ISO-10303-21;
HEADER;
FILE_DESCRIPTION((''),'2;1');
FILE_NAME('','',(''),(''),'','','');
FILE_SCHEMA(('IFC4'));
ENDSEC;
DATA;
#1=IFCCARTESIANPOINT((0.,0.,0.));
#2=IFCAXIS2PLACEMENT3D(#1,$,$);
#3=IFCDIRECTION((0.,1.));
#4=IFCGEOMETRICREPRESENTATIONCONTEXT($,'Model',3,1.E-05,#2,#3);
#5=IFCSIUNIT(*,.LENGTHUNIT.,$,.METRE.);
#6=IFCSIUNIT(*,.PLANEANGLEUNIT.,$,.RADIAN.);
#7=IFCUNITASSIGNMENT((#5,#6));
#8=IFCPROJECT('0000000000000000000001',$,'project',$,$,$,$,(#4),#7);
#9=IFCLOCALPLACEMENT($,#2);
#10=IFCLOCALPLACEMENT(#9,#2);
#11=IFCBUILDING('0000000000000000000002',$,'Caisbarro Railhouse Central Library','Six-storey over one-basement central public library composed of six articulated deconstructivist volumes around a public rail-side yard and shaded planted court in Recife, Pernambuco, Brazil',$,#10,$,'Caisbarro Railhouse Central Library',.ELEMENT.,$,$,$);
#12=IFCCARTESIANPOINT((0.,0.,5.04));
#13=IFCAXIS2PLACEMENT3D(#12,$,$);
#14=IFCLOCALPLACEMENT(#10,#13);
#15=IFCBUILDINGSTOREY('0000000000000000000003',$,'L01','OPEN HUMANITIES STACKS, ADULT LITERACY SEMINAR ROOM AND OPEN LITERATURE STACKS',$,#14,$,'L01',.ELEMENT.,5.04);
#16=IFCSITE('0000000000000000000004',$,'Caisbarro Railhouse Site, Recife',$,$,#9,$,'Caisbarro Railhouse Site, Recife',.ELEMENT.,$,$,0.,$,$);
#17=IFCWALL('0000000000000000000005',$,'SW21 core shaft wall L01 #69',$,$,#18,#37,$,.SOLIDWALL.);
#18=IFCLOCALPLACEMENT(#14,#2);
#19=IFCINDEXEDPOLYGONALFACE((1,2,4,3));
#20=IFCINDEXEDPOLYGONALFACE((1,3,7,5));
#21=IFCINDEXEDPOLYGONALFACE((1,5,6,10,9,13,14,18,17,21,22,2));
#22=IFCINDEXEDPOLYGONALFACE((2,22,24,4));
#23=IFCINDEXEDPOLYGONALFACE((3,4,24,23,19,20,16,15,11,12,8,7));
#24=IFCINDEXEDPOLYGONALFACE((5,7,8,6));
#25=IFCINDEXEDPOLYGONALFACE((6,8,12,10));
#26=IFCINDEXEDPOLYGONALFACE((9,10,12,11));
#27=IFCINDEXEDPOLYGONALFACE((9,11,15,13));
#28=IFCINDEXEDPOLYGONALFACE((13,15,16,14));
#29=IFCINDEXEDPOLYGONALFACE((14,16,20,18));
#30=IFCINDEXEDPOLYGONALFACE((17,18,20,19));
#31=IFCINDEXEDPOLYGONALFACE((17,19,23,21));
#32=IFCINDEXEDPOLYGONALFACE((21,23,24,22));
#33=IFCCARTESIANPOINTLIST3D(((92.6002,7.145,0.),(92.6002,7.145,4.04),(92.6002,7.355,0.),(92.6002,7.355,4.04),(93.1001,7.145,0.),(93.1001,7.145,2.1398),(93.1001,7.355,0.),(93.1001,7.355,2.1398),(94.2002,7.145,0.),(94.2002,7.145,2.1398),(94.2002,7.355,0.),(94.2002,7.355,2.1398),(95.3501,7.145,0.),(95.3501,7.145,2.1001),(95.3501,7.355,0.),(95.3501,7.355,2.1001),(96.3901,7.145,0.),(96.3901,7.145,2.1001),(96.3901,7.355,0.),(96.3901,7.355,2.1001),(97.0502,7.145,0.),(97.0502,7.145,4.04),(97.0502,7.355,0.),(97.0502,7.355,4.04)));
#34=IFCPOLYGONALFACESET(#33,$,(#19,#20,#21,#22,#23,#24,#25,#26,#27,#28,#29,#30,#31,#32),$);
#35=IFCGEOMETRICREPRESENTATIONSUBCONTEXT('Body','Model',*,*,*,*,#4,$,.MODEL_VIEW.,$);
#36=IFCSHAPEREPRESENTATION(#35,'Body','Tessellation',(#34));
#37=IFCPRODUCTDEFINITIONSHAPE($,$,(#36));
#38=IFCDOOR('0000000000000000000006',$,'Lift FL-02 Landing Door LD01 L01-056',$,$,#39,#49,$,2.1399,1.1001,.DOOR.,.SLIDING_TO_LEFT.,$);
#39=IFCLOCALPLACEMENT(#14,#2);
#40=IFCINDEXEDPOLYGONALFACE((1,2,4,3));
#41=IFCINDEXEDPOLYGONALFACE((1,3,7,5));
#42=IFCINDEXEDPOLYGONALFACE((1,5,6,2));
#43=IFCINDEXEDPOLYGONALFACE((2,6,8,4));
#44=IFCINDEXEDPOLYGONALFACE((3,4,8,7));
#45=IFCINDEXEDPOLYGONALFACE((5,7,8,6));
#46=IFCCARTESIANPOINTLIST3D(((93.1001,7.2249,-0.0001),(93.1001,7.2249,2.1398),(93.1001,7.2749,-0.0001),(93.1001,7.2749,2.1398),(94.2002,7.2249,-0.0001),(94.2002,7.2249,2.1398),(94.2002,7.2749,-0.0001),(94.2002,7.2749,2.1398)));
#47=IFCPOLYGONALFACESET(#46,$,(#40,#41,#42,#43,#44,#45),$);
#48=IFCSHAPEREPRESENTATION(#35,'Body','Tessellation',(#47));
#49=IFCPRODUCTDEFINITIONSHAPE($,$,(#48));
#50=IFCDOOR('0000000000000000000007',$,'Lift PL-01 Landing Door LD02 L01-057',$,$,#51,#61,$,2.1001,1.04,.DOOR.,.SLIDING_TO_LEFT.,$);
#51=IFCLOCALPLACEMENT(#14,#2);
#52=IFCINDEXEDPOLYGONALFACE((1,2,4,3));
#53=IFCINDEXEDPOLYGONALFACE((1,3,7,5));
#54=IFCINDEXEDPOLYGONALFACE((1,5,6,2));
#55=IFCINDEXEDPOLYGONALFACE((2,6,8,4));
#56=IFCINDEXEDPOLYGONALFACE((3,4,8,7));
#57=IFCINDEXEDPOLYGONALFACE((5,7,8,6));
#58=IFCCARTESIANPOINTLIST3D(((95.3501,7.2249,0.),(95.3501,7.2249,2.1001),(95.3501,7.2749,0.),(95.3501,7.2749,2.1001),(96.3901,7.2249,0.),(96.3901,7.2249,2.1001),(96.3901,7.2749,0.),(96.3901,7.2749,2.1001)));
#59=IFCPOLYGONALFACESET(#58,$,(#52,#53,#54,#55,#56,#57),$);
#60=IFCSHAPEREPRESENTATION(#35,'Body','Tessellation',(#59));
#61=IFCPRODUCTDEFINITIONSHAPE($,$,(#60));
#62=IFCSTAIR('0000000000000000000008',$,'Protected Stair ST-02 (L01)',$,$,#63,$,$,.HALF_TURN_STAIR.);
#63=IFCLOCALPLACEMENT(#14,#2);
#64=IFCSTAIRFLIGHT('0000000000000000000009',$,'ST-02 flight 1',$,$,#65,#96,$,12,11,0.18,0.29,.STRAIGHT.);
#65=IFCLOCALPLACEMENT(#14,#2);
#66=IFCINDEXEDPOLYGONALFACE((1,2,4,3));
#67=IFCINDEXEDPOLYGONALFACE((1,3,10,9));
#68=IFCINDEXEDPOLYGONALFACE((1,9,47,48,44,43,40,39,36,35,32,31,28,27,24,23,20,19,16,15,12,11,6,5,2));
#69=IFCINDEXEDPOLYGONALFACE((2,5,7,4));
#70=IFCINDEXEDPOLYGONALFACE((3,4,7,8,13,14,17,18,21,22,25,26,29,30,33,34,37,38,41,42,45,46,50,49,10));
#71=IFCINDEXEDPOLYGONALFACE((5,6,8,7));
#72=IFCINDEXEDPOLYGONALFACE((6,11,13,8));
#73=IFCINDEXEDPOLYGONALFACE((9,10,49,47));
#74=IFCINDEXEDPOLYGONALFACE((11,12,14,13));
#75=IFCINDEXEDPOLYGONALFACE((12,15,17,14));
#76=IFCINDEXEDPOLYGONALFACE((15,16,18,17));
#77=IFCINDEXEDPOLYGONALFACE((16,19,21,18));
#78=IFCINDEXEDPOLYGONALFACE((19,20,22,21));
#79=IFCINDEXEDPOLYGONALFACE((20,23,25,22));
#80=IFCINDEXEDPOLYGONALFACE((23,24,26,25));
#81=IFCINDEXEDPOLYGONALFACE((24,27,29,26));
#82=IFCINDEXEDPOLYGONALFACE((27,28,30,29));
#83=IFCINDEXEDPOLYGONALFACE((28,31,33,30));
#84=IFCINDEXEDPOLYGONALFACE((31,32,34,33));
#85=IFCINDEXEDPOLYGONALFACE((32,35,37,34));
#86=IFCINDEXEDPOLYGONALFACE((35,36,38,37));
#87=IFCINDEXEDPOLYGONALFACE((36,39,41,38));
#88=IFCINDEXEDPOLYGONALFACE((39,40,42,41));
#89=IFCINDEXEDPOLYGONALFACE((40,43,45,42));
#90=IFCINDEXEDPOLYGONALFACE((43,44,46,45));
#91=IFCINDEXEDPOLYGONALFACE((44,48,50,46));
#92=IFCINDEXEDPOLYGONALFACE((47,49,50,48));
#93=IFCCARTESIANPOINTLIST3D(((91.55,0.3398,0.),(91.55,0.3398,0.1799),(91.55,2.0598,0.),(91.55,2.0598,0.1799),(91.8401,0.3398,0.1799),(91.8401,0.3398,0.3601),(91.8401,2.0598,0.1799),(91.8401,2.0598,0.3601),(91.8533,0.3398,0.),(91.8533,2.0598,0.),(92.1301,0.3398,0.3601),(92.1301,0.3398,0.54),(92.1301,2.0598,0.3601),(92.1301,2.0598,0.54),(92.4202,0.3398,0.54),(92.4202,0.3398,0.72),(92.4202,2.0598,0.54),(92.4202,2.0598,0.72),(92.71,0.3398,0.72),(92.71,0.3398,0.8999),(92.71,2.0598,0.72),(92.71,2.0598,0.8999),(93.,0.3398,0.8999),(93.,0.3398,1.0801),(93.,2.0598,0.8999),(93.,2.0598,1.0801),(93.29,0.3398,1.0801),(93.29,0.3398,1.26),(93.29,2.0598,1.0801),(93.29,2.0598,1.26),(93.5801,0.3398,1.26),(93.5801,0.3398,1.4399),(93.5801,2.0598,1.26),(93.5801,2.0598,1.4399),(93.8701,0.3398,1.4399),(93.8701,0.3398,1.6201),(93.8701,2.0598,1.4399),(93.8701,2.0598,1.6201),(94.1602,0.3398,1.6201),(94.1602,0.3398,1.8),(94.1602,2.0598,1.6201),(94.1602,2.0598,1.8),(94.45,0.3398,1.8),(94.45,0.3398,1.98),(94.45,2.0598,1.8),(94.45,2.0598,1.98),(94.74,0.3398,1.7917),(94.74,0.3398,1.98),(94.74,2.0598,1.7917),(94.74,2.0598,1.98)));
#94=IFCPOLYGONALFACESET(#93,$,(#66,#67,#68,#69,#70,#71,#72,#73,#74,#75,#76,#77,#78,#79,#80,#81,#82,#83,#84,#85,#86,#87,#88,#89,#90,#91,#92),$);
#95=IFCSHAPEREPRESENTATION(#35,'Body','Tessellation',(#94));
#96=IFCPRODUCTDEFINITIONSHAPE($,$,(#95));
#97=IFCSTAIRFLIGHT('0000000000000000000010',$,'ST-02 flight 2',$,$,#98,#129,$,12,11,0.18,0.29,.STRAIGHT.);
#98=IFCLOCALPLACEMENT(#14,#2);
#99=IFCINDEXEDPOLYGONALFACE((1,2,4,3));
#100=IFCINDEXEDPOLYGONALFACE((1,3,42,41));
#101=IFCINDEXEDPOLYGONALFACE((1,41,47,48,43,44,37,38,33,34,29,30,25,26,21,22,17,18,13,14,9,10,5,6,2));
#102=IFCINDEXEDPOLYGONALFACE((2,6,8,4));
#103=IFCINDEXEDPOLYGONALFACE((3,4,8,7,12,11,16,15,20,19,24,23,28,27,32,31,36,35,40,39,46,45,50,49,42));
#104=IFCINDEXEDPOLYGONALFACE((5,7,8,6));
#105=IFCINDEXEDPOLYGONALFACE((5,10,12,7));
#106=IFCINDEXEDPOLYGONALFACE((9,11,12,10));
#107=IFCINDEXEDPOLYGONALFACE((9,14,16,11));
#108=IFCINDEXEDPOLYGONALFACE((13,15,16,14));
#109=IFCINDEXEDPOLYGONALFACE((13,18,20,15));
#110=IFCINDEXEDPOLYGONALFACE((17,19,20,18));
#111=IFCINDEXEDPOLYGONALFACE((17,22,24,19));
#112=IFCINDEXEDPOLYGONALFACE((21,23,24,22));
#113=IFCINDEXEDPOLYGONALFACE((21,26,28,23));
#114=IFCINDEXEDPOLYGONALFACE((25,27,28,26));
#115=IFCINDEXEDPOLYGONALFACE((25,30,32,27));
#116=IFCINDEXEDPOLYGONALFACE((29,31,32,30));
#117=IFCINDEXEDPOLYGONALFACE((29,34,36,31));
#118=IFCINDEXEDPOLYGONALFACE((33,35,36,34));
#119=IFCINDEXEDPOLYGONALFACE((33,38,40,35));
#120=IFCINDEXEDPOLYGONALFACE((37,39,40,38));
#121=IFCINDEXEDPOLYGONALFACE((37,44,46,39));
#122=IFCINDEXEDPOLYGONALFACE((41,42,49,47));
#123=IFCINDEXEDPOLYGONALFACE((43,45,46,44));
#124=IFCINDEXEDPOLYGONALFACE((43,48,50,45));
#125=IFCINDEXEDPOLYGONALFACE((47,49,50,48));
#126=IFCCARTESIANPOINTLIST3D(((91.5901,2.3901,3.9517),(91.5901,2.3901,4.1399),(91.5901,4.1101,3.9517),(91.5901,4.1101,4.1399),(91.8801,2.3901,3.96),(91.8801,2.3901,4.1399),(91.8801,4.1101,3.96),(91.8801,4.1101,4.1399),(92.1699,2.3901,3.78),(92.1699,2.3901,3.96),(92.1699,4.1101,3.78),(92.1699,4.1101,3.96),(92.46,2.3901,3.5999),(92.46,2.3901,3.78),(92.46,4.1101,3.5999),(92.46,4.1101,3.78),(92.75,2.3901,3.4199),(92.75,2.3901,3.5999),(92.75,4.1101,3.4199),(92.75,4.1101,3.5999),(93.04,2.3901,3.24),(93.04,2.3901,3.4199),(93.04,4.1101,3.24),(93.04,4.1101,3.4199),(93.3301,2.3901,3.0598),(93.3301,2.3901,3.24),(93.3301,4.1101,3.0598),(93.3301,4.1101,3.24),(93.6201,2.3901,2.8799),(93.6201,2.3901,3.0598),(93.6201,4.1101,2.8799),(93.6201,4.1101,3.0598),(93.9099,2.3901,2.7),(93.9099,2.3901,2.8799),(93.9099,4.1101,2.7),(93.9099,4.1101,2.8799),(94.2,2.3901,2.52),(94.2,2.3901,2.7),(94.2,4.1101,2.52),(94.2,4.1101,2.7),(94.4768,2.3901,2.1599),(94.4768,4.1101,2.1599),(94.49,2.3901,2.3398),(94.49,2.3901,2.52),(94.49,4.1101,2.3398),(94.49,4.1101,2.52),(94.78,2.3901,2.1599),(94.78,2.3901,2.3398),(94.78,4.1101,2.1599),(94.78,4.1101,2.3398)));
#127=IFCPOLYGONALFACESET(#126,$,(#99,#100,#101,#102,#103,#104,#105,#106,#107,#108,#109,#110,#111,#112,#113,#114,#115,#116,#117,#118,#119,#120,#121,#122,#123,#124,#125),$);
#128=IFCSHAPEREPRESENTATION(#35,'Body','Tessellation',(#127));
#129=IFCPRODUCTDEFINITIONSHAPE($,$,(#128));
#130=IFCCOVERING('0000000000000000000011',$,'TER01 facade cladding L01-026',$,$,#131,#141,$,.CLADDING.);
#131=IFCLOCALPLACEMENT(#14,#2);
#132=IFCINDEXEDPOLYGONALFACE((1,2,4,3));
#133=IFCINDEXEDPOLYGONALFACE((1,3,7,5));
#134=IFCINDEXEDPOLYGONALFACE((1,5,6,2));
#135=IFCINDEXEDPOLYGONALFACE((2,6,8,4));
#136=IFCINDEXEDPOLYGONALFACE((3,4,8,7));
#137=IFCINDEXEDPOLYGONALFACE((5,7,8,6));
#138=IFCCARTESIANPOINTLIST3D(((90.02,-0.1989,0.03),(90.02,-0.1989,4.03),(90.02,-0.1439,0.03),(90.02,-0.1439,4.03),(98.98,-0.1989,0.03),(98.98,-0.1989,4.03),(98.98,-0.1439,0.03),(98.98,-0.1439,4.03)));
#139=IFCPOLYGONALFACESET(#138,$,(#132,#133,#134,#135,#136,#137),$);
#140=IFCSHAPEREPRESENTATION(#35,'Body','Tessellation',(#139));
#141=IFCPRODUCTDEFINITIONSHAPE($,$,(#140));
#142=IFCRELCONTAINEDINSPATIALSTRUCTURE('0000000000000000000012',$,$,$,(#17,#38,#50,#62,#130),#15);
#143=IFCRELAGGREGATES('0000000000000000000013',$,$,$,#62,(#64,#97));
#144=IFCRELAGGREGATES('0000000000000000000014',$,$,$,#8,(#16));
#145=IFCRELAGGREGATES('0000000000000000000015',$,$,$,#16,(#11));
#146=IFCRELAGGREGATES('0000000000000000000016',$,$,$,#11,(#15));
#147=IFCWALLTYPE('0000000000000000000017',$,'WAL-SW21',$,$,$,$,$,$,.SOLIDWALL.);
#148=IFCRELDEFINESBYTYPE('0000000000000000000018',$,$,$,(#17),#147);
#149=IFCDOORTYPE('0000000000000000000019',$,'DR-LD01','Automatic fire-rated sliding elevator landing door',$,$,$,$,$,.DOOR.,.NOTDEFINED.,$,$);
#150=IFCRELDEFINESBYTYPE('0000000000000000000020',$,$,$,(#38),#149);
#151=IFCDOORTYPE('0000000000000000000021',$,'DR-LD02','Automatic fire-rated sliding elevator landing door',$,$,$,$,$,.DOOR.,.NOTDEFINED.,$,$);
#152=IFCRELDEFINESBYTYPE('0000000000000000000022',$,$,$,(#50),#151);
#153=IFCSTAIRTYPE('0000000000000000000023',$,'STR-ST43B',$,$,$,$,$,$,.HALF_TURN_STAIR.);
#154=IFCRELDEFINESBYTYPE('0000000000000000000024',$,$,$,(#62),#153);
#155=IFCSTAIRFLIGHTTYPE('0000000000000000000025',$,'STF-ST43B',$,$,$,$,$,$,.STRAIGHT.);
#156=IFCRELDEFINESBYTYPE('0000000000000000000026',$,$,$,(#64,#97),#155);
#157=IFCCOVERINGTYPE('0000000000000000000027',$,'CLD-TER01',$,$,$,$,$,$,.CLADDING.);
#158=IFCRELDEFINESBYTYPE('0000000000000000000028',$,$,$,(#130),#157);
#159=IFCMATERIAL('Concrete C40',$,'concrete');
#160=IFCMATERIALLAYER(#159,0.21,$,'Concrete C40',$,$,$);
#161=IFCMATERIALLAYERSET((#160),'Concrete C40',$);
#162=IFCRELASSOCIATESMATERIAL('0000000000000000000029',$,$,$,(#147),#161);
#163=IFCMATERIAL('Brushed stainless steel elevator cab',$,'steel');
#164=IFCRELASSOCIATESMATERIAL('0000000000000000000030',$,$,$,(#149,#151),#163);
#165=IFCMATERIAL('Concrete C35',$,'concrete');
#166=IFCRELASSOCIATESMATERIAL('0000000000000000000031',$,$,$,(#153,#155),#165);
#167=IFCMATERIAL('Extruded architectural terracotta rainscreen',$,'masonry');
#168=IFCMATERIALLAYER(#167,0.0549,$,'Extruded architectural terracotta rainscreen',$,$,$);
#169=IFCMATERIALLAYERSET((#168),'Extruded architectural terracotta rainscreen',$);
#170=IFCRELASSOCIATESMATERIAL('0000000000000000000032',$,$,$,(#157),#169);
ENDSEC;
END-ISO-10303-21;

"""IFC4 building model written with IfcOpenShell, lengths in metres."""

from ifc_helpers import new_model, si_unit, direction, frame, frame_2d, origin, origin_2d, place, context, subcontext, project, spatial, polyline, rectangle, outline, extrude, material, layer, layer_set, type_object, element, fill, aggregate, save


model = new_model("IFC4")

# Units and contexts
model_context = context("Model", 3, precision=1e-05, world=origin(), true_north=direction((0.0, 1.0)))
body_context = subcontext(model_context, "Body", "Model", "MODEL_VIEW")
ifc_project = project(units=[si_unit("LENGTHUNIT", "METRE"), si_unit("PLANEANGLEUNIT", "RADIAN")], contexts=[model_context])

# Site, building, storey
site_placement = place(None, origin())
site = spatial("IfcSite", under=ifc_project, at=site_placement, Name="Caisbarro Railhouse Site, Recife", LongName="Caisbarro Railhouse Site, Recife", CompositionType="ELEMENT", RefElevation=0.0)
building_placement = place(site_placement, origin())
building = spatial("IfcBuilding", under=site, at=building_placement, Name="Caisbarro Railhouse Central Library", Description="Six-storey over one-basement central public library composed of six articulated deconstructivist volumes around a public rail-side yard and shaded planted court in Recife, Pernambuco, Brazil", LongName="Caisbarro Railhouse Central Library", CompositionType="ELEMENT")
storey_placement = place(building_placement, frame((0.0, 0.0, 5.04)))
storey = spatial("IfcBuildingStorey", under=building, at=storey_placement, Name="L01", Description="OPEN HUMANITIES STACKS, ADULT LITERACY SEMINAR ROOM AND OPEN LITERATURE STACKS", LongName="L01", CompositionType="ELEMENT", Elevation=5.04)

# Shared definitions
ifc_material_1 = material(Name="Concrete C40", Category="concrete")

# Shared definitions
ifc_layer_1 = layer(ifc_material_1, 0.21, Name="Concrete C40")
ifc_layer_set_1 = layer_set([ifc_layer_1], Name="Concrete C40")
wall_type_1 = type_object("IfcWallType", Name="WAL-SW21", PredefinedType="SOLIDWALL", material=ifc_layer_set_1)

# Wall, openings, doors
wall_1_placement = place(storey_placement, frame((92.6001, 7.25, 0.0), z_axis=(0.0, 0.0, 1.0), x_axis=(1.0, 0.0, 0.0)))
wall_1 = element("IfcWall", 1, at=wall_1_placement, inside=storey, type_object=wall_type_1, Name="SW21 core shaft wall L01 #69", PredefinedType="SOLIDWALL", context=body_context, shape_type="SweptSolid", body=[
    extrude(rectangle(XDim=4.45, YDim=0.21, at=frame_2d((2.2251, 0.0))), origin(), (0.0, 0.0, 1.0), 4.04),
])
opening_1_placement = place(wall_1_placement, frame((0.5, 0.0, 0.0)))
opening_1 = element("IfcOpeningElement", 2, at=opening_1_placement, cuts=wall_1, PredefinedType="OPENING", context=body_context, shape_type="SweptSolid", body=[
    extrude(rectangle(XDim=1.1001, YDim=2.1399, at=frame_2d((0.55, 1.0698))), frame((0.0, 0.115, 0.0), z_axis=(0.0, -1.0, 0.0), x_axis=(1.0, 0.0, 0.0)), (0.0, 0.0, 1.0), 0.23),
])
opening_2_placement = place(wall_1_placement, frame((2.75, 0.0, 0.0)))
opening_2 = element("IfcOpeningElement", 3, at=opening_2_placement, cuts=wall_1, PredefinedType="OPENING", context=body_context, shape_type="SweptSolid", body=[
    extrude(rectangle(XDim=1.04, YDim=2.1001, at=frame_2d((0.52, 1.05))), frame((0.0, 0.115, 0.0), z_axis=(0.0, -1.0, 0.0), x_axis=(1.0, 0.0, 0.0)), (0.0, 0.0, 1.0), 0.23),
])
ifc_material_2 = material(Name="Brushed stainless steel elevator cab", Category="steel")
door_type_1 = type_object("IfcDoorType", Name="DR-LD01", Description="Automatic fire-rated sliding elevator landing door", OperationType="NOTDEFINED", PredefinedType="DOOR", material=ifc_material_2)
door_1_placement = place(opening_1_placement, origin())
door_1 = element("IfcDoor", 4, at=door_1_placement, inside=storey, type_object=door_type_1, Name="Lift FL-02 Landing Door LD01 L01-056", OperationType="SLIDING_TO_LEFT", OverallHeight=2.1399, OverallWidth=1.1001, PredefinedType="DOOR", context=body_context, shape_type="SweptSolid", body=[
    extrude(rectangle(XDim=1.1001, YDim=2.1399, at=frame_2d((0.55, 1.0698))), frame((0.0, 0.0249, 0.0), z_axis=(0.0, -1.0, 0.0), x_axis=(1.0, 0.0, 0.0)), (0.0, 0.0, 1.0), 0.05),
])
fill(opening_1, door_1)
door_type_2 = type_object("IfcDoorType", Name="DR-LD02", Description="Automatic fire-rated sliding elevator landing door", OperationType="NOTDEFINED", PredefinedType="DOOR", material=ifc_material_2)
door_2_placement = place(opening_2_placement, origin())
door_2 = element("IfcDoor", 5, at=door_2_placement, inside=storey, type_object=door_type_2, Name="Lift PL-01 Landing Door LD02 L01-057", OperationType="SLIDING_TO_LEFT", OverallHeight=2.1001, OverallWidth=1.04, PredefinedType="DOOR", context=body_context, shape_type="SweptSolid", body=[
    extrude(rectangle(XDim=1.04, YDim=2.1001, at=frame_2d((0.52, 1.05))), frame((0.0, 0.0249, 0.0), z_axis=(0.0, -1.0, 0.0), x_axis=(1.0, 0.0, 0.0)), (0.0, 0.0, 1.0), 0.05),
])
fill(opening_2, door_2)

# Stair, stair flights
ifc_material_3 = material(Name="Concrete C35", Category="concrete")
stair_type = type_object("IfcStairType", Name="STR-ST43B", PredefinedType="HALF_TURN_STAIR", material=ifc_material_3)
stair_placement = place(storey_placement, origin())
stair = element("IfcStair", 6, at=stair_placement, inside=storey, type_object=stair_type, Name="Protected Stair ST-02 (L01)", PredefinedType="HALF_TURN_STAIR")
stair_flight_type = type_object("IfcStairFlightType", Name="STF-ST43B", PredefinedType="STRAIGHT", material=ifc_material_3)
stair_flight_1_placement = place(storey_placement, frame((91.55, 1.2, 0.0), z_axis=(0.0, 0.0, 1.0), x_axis=(1.0, 0.0, 0.0)))
stair_flight_1 = element("IfcStairFlight", 7, at=stair_flight_1_placement, type_object=stair_flight_type, Name="ST-02 flight 1", NumberOfRisers=12, NumberOfTreads=11, PredefinedType="STRAIGHT", RiserHeight=0.18, TreadLength=0.29, context=body_context, shape_type="SweptSolid", body=[
    extrude(outline(polyline([(0.0, 0.0), (0.0, 0.1799), (0.29, 0.1799), (0.29, 0.3601), (0.5801, 0.3601), (0.5801, 0.54), (0.8701, 0.54), (0.8701, 0.72), (1.1599, 0.72), (1.1599, 0.8999), (1.45, 0.8999), (1.45, 1.0801), (1.74, 1.0801), (1.74, 1.26), (2.03, 1.26), (2.03, 1.4399), (2.3201, 1.4399), (2.3201, 1.6201), (2.6101, 1.6201), (2.6101, 1.8), (2.8999, 1.8), (2.8999, 1.98), (3.1899, 1.98), (3.1899, 2.1599), (3.1899, 1.7917), (0.3032, 0.0), (0.0, 0.0)])), frame((0.0, 0.8599, 0.0), z_axis=(0.0, -1.0, 0.0), x_axis=(1.0, 0.0, 0.0)), (0.0, 0.0, 1.0), 1.72),
])
stair_flight_2_placement = place(storey_placement, frame((94.78, 3.25, 2.1599), z_axis=(0.0, 0.0, 1.0), x_axis=(-1.0, 0.0, 0.0)))
stair_flight_2 = element("IfcStairFlight", 8, at=stair_flight_2_placement, type_object=stair_flight_type, Name="ST-02 flight 2", NumberOfRisers=12, NumberOfTreads=11, PredefinedType="STRAIGHT", RiserHeight=0.18, TreadLength=0.29, context=body_context, shape_type="SweptSolid", body=[
    extrude(outline(polyline([(0.0, 0.0), (0.0, 0.1799), (0.29, 0.1799), (0.29, 0.3601), (0.5801, 0.3601), (0.5801, 0.54), (0.8701, 0.54), (0.8701, 0.72), (1.1599, 0.72), (1.1599, 0.8999), (1.45, 0.8999), (1.45, 1.0801), (1.74, 1.0801), (1.74, 1.26), (2.03, 1.26), (2.03, 1.4399), (2.3201, 1.4399), (2.3201, 1.6201), (2.6101, 1.6201), (2.6101, 1.8), (2.8999, 1.8), (2.8999, 1.98), (3.1899, 1.98), (3.1899, 2.1599), (3.1899, 1.7917), (0.3032, 0.0), (0.0, 0.0)])), frame((0.0, 0.8599, 0.0), z_axis=(0.0, -1.0, 0.0), x_axis=(1.0, 0.0, 0.0)), (0.0, 0.0, 1.0), 1.72),
])
aggregate(stair, [stair_flight_1, stair_flight_2])

# Covering
ifc_material_4 = material(Name="Extruded architectural terracotta rainscreen", Category="masonry")
ifc_layer_2 = layer(ifc_material_4, 0.0549, Name="Extruded architectural terracotta rainscreen")
ifc_layer_set_2 = layer_set([ifc_layer_2], Name="Extruded architectural terracotta rainscreen")
covering_type = type_object("IfcCoveringType", Name="CLD-TER01", PredefinedType="CLADDING", material=ifc_layer_set_2)
covering_placement = place(storey_placement, frame((94.5, -0.1714, 0.03), z_axis=(0.0, 0.0, 1.0), x_axis=(1.0, 0.0, 0.0)))
element("IfcCovering", 9, at=covering_placement, inside=storey, type_object=covering_type, Name="TER01 facade cladding L01-026", PredefinedType="CLADDING", context=body_context, shape_type="SweptSolid", body=[
    extrude(rectangle(XDim=8.96, YDim=0.0549, at=origin_2d()), origin(), (0.0, 0.0, 1.0), 4.0),
])

save(model, "model.ifc")
